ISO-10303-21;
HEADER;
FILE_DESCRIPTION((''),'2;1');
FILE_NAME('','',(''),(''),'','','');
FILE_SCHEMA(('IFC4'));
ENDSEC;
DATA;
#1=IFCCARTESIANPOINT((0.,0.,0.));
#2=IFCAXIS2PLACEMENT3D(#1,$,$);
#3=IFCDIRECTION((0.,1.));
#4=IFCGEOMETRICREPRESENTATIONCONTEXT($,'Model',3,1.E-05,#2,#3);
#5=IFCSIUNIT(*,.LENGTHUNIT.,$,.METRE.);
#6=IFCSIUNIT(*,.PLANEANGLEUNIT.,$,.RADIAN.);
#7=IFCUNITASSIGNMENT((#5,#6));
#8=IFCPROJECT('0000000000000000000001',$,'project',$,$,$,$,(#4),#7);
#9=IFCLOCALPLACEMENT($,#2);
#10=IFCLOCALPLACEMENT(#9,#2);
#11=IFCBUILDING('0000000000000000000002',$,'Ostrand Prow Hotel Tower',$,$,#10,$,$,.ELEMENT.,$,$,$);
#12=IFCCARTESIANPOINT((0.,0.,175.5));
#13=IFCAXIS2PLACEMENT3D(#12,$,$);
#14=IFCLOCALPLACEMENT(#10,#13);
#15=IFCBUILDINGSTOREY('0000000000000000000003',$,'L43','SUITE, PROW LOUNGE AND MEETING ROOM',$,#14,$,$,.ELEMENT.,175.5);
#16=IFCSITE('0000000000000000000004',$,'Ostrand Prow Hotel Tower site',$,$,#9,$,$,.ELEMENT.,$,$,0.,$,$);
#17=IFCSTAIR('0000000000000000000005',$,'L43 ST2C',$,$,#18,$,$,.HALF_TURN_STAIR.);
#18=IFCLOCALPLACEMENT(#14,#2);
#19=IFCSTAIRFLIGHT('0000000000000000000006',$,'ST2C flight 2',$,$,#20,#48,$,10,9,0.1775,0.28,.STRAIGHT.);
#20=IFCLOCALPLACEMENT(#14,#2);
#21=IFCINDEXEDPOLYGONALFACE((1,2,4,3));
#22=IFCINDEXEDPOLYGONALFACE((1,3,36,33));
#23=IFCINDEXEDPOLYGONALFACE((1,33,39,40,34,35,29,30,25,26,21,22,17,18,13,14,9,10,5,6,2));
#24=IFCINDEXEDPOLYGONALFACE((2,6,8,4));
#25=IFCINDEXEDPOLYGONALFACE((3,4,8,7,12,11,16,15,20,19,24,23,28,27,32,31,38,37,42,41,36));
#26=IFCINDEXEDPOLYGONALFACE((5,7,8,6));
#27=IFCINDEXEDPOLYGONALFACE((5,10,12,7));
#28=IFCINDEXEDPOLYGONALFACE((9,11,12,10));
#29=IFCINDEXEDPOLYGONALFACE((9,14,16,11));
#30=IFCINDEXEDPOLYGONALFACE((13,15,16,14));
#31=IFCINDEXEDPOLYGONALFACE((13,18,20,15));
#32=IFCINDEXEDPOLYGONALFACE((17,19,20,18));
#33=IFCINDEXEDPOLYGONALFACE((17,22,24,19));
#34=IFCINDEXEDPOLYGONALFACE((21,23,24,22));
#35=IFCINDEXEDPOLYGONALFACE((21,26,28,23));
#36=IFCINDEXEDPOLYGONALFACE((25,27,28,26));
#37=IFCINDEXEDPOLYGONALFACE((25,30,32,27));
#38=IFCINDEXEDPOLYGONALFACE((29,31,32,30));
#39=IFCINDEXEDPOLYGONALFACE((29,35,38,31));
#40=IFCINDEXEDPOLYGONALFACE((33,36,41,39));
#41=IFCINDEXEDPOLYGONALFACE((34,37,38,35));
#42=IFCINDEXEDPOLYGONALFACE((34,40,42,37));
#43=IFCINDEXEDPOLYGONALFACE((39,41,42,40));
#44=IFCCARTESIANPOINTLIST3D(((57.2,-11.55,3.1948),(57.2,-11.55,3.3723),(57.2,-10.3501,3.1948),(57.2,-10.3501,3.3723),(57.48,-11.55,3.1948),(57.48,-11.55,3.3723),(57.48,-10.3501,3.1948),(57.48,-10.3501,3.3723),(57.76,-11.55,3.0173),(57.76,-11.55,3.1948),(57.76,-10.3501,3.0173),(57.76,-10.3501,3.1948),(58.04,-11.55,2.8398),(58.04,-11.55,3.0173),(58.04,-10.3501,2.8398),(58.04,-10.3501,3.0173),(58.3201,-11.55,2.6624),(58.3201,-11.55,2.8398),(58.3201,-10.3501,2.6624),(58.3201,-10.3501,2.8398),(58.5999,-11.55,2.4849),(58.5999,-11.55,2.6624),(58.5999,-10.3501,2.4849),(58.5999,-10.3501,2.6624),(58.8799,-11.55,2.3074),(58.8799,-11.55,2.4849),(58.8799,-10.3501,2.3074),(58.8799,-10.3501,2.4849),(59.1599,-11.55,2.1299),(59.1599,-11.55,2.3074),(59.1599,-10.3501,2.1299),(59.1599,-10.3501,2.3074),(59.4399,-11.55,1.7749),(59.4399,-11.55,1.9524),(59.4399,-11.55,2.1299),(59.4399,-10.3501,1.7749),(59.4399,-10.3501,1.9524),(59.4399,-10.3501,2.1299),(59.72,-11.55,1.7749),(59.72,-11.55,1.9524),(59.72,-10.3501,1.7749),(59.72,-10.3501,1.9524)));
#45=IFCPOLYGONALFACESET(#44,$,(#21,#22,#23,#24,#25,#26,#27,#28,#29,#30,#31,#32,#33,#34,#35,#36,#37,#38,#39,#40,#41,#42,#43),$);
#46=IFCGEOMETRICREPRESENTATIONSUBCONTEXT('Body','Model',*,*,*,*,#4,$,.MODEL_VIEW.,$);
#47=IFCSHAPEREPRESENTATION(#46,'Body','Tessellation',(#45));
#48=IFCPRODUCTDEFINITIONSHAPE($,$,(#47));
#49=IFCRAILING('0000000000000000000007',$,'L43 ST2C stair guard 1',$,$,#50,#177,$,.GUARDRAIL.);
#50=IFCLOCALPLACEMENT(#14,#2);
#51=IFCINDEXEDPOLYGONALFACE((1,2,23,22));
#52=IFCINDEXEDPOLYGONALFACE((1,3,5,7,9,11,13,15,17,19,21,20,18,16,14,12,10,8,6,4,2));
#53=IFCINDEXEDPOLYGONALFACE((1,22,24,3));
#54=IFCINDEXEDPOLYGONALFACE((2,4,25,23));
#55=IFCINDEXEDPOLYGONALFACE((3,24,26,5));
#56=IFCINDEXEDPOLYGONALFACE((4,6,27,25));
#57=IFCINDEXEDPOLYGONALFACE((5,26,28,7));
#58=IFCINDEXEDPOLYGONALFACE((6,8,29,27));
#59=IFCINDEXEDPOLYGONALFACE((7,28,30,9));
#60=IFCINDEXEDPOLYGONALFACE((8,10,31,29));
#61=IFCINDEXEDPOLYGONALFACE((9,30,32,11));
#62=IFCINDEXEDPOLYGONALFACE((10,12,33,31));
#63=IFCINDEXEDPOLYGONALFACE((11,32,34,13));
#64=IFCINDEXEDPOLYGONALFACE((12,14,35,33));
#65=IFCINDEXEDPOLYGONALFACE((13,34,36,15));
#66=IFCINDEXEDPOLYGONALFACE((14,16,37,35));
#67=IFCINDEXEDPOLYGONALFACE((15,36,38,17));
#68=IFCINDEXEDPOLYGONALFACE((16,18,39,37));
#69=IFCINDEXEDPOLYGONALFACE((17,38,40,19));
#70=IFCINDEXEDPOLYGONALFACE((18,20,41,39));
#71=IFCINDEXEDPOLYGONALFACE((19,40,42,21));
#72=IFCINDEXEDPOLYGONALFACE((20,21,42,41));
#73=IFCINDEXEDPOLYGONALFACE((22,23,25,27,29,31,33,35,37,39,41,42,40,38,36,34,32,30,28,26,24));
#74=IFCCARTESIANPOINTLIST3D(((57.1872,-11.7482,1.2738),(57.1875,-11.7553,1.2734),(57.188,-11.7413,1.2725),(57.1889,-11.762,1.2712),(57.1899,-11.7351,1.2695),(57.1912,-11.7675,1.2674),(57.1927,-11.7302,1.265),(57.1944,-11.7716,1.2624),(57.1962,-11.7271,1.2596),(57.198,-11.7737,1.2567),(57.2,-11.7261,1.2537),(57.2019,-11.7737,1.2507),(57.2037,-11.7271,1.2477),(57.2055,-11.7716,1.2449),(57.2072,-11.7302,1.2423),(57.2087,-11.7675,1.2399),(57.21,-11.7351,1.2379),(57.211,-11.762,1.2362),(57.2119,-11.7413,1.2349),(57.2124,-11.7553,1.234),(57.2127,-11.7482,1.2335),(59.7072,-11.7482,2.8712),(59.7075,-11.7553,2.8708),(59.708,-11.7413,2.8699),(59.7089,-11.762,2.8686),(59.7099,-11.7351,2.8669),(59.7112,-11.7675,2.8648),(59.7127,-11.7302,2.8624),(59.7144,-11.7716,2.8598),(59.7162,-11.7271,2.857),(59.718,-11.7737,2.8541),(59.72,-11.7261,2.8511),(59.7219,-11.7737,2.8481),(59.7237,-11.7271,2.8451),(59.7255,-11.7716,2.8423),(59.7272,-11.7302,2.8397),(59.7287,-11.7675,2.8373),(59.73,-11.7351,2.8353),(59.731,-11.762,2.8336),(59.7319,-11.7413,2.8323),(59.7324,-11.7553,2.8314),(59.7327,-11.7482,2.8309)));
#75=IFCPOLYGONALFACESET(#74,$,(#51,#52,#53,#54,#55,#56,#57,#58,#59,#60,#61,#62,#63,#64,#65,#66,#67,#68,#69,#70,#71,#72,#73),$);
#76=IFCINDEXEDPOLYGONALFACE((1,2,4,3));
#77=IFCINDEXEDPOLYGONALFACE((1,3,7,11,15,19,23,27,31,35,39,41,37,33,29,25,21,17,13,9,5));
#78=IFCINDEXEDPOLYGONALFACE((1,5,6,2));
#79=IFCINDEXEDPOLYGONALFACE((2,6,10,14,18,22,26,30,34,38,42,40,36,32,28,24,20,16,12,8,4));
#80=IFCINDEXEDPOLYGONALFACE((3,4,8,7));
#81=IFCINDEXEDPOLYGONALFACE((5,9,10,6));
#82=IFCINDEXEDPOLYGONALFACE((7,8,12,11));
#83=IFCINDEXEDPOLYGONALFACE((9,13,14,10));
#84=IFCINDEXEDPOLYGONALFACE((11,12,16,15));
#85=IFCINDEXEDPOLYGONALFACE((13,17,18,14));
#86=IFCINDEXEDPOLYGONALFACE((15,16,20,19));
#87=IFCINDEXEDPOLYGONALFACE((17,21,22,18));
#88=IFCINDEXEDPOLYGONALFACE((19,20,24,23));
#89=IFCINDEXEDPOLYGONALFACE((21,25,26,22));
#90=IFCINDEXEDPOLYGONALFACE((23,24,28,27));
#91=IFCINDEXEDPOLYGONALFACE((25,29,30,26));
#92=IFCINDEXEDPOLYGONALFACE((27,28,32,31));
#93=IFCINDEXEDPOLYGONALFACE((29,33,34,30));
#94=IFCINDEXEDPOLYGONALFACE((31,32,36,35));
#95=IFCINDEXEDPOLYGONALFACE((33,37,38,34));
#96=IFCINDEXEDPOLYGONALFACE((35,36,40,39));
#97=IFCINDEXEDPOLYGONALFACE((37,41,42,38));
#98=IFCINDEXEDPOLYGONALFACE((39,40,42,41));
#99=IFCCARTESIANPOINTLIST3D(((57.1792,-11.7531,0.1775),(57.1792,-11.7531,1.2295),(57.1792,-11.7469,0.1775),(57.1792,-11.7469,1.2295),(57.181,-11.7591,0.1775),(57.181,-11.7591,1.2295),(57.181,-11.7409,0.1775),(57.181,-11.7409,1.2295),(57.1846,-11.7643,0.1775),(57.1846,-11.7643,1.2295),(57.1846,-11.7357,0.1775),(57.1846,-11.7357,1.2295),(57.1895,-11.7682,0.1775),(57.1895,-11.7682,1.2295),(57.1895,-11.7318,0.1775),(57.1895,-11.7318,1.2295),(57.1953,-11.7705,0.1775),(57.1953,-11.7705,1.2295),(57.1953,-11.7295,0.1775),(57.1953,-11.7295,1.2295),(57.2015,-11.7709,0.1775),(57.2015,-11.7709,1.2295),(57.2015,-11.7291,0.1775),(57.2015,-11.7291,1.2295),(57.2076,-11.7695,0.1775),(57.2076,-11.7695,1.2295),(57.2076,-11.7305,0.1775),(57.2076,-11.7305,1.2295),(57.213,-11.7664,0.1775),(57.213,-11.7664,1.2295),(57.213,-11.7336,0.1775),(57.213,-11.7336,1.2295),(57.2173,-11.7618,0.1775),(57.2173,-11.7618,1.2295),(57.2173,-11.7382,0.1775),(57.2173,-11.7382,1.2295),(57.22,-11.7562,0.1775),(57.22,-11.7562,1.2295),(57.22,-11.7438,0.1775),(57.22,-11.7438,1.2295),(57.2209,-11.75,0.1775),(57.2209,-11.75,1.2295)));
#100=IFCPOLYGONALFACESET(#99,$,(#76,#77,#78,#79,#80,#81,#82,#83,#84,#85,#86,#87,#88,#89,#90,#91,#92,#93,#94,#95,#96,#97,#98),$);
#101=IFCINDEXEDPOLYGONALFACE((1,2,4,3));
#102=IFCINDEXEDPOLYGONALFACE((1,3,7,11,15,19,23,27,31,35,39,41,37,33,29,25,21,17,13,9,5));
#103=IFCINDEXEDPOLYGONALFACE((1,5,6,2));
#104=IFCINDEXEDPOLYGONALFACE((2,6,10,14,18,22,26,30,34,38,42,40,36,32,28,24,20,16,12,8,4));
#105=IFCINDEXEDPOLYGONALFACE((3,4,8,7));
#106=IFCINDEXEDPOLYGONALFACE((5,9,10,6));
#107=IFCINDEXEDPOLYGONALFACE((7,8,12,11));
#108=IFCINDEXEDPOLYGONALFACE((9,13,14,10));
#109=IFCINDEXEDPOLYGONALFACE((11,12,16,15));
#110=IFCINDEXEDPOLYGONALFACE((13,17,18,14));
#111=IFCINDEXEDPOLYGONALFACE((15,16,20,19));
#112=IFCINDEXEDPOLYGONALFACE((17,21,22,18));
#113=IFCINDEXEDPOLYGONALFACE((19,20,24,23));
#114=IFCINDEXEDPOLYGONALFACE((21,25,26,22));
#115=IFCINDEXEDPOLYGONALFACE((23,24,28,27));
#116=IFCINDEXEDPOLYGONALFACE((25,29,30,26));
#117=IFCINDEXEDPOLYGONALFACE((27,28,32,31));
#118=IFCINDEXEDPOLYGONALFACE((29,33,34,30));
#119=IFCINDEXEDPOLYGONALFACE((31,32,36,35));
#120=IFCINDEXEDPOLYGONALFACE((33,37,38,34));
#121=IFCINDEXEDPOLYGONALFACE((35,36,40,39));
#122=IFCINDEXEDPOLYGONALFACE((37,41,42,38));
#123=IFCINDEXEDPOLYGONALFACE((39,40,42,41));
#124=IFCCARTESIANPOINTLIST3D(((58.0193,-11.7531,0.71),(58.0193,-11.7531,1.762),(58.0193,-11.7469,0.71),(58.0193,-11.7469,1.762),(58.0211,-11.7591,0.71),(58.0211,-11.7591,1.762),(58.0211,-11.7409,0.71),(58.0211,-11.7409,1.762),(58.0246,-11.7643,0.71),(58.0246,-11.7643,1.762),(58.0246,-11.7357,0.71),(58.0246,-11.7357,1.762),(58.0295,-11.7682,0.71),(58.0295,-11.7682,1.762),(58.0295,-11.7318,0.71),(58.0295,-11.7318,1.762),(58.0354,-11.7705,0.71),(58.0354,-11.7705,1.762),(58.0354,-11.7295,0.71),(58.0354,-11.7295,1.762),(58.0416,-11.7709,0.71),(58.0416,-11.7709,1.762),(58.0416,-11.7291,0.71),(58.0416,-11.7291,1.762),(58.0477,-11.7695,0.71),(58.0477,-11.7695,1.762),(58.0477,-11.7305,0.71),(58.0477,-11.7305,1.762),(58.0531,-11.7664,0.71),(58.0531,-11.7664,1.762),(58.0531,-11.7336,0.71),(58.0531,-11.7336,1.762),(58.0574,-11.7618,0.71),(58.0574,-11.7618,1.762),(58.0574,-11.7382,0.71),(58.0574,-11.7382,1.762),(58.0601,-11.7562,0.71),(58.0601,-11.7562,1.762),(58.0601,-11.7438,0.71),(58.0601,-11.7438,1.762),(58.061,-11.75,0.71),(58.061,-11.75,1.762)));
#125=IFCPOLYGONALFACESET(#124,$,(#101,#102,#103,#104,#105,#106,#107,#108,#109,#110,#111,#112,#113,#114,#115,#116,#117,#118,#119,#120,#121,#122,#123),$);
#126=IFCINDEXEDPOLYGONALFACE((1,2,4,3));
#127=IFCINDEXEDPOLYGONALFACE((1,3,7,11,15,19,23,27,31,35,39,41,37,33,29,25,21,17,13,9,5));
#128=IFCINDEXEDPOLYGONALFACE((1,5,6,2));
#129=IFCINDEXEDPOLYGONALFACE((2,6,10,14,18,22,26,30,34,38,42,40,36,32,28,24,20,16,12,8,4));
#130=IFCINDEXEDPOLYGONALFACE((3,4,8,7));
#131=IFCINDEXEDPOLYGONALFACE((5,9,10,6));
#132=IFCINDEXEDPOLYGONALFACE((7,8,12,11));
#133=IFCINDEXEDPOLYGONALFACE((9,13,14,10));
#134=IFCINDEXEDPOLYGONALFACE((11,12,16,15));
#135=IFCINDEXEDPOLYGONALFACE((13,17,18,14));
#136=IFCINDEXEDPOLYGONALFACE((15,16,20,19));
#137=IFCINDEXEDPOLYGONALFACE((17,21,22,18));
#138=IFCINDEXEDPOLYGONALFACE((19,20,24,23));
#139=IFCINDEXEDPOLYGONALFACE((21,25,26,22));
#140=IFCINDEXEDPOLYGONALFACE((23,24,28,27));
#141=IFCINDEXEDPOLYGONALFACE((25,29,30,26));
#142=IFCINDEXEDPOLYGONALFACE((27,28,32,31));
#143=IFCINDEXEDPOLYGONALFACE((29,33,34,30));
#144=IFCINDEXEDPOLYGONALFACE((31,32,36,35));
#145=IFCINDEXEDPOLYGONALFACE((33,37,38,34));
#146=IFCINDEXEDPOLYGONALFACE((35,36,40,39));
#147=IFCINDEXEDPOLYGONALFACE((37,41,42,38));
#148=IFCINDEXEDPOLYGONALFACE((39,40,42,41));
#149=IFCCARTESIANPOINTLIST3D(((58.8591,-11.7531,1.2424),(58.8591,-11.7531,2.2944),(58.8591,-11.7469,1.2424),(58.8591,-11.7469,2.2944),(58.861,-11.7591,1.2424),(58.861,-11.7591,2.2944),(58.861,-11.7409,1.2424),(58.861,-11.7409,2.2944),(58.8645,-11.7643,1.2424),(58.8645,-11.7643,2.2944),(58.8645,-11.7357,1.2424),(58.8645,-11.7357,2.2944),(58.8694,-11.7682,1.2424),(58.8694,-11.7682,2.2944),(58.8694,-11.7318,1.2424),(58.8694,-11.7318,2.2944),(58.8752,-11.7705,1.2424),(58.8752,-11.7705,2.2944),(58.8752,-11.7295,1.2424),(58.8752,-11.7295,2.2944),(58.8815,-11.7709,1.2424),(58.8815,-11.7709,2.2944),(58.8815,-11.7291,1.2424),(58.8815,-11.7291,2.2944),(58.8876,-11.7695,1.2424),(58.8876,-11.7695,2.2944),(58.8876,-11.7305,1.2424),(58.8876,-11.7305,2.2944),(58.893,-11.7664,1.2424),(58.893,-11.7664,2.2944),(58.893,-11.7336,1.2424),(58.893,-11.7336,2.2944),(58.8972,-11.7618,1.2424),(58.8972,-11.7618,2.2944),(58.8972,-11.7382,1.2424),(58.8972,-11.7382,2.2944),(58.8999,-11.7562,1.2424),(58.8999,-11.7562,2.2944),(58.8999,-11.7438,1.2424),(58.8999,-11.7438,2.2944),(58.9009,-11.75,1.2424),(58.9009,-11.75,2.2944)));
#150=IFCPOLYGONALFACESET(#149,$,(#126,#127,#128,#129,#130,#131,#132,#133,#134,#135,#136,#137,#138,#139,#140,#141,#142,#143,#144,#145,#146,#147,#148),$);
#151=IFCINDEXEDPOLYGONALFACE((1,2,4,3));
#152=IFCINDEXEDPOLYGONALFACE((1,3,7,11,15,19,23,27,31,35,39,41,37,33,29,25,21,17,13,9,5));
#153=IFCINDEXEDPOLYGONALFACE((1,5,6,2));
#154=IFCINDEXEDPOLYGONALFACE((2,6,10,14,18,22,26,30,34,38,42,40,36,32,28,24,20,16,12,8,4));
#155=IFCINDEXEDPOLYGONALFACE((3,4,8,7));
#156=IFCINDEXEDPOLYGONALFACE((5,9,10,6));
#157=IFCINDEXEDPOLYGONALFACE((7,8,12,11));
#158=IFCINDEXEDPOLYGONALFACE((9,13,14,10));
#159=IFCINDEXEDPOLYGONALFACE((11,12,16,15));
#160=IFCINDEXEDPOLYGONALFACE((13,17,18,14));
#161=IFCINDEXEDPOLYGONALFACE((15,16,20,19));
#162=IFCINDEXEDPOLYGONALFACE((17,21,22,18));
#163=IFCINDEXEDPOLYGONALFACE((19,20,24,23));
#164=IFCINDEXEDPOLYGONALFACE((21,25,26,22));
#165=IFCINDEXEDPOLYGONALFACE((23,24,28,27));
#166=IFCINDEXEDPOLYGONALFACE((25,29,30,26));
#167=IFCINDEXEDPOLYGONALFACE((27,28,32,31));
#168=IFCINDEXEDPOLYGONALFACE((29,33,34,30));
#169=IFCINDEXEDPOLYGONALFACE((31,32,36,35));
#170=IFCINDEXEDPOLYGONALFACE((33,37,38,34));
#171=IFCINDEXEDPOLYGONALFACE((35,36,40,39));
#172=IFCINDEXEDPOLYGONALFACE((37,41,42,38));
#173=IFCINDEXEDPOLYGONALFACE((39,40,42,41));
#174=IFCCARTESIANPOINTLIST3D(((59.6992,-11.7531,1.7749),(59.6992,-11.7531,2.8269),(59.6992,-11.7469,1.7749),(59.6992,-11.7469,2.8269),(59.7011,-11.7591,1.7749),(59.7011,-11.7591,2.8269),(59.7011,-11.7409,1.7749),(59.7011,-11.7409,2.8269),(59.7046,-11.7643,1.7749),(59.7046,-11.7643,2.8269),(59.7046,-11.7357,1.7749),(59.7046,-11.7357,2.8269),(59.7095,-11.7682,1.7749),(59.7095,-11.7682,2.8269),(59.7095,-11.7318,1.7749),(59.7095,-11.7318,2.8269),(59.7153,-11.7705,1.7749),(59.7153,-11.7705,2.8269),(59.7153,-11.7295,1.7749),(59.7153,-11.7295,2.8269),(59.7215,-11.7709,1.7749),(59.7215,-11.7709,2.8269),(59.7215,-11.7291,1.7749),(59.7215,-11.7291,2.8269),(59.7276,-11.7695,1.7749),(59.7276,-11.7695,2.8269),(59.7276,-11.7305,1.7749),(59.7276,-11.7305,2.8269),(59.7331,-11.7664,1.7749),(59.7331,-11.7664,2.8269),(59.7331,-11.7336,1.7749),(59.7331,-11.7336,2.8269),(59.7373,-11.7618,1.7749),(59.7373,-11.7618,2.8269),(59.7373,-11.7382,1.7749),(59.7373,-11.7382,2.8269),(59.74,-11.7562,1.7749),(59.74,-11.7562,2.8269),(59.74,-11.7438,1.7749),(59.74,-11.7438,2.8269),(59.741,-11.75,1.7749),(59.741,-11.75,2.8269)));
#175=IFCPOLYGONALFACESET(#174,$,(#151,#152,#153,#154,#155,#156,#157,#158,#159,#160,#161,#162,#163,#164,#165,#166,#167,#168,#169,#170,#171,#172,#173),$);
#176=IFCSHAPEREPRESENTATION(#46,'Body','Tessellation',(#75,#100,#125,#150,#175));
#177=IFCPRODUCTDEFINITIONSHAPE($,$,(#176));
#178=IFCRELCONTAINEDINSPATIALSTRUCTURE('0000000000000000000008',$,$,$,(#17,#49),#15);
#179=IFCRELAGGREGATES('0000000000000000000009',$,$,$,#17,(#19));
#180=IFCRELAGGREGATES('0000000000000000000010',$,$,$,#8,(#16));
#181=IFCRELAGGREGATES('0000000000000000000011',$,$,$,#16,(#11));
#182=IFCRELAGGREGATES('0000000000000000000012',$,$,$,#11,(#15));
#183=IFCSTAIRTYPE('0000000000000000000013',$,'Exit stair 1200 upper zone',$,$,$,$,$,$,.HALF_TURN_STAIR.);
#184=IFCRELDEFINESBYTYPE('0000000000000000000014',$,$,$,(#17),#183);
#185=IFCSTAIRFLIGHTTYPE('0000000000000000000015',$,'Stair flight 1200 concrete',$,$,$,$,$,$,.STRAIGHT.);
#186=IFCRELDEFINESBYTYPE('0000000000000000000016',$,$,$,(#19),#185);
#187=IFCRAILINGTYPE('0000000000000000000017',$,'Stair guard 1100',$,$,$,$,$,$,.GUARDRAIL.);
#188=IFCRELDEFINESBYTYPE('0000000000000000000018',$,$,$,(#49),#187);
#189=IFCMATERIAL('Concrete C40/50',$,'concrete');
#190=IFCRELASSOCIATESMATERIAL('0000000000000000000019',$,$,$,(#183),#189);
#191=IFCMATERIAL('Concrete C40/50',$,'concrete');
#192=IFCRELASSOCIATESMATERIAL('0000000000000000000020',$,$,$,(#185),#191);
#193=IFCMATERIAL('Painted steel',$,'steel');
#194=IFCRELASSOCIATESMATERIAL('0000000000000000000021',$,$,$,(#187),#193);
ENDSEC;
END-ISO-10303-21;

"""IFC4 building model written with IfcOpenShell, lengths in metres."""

from ifc_helpers import new_model, si_unit, direction, frame, origin, origin_2d, place, context, subcontext, project, spatial, polyline, circle, outline, extrude, material, type_object, element, aggregate, save


model = new_model("IFC4")

# Units and contexts
model_context = context("Model", 3, precision=1e-05, world=origin(), true_north=direction((0.0, 1.0)))
body_context = subcontext(model_context, "Body", "Model", "MODEL_VIEW")
ifc_project = project(units=[si_unit("LENGTHUNIT", "METRE"), si_unit("PLANEANGLEUNIT", "RADIAN")], contexts=[model_context])

# Site, building, storey
site_placement = place(None, origin())
site = spatial("IfcSite", under=ifc_project, at=site_placement, Name="Ostrand Prow Hotel Tower site", CompositionType="ELEMENT", RefElevation=0.0)
building_placement = place(site_placement, origin())
building = spatial("IfcBuilding", under=site, at=building_placement, Name="Ostrand Prow Hotel Tower", CompositionType="ELEMENT")
storey_placement = place(building_placement, frame((0.0, 0.0, 175.5)))
storey = spatial("IfcBuildingStorey", under=building, at=storey_placement, Name="L43", Description="SUITE, PROW LOUNGE AND MEETING ROOM", CompositionType="ELEMENT", Elevation=175.5)

# Stair, stair flight
ifc_material_1 = material(Name="Concrete C40/50", Category="concrete")
stair_type = type_object("IfcStairType", Name="Exit stair 1200 upper zone", PredefinedType="HALF_TURN_STAIR", material=ifc_material_1)
stair_placement = place(storey_placement, origin())
stair = element("IfcStair", 1, at=stair_placement, inside=storey, type_object=stair_type, Name="L43 ST2C", PredefinedType="HALF_TURN_STAIR")
ifc_material_2 = material(Name="Concrete C40/50", Category="concrete")
stair_flight_type = type_object("IfcStairFlightType", Name="Stair flight 1200 concrete", PredefinedType="STRAIGHT", material=ifc_material_2)
stair_flight_1_placement = place(storey_placement, frame((59.72, -10.95, 1.7749), z_axis=(0.0, 0.0, 1.0), x_axis=(-1.0, 0.0, 0.0)))
stair_flight_1 = element("IfcStairFlight", 2, at=stair_flight_1_placement, type_object=stair_flight_type, Name="ST2C flight 2", NumberOfRisers=10, NumberOfTreads=9, PredefinedType="STRAIGHT", RiserHeight=0.1775, TreadLength=0.28, context=body_context, shape_type="SweptSolid", body=[
    extrude(outline(polyline([(0.0, 0.0), (0.0, 0.1775), (0.28, 0.1775), (0.28, 0.355), (0.5601, 0.355), (0.5601, 0.5325), (0.8401, 0.5325), (0.8401, 0.71), (1.1201, 0.71), (1.1201, 0.8875), (1.3999, 0.8875), (1.3999, 1.0649), (1.6799, 1.0649), (1.6799, 1.2424), (1.96, 1.2424), (1.96, 1.4199), (2.24, 1.4199), (2.24, 1.5974), (2.52, 1.5974), (2.52, 1.7749), (2.52, 1.4199), (0.28, 0.0), (0.0, 0.0)])), frame((0.0, 0.6001, 0.0), z_axis=(0.0, -1.0, 0.0), x_axis=(1.0, 0.0, 0.0)), (0.0, 0.0, 1.0), 1.2),
])
aggregate(stair, [stair_flight_1])

# Railing
ifc_material_3 = material(Name="Painted steel", Category="steel")
railing_type_1 = type_object("IfcRailingType", Name="Stair guard 1100", PredefinedType="GUARDRAIL", material=ifc_material_3)
railing_1_placement = place(storey_placement, frame((57.2, -11.75, 0.1775)))
element("IfcRailing", 3, at=railing_1_placement, inside=storey, type_object=railing_type_1, Name="L43 ST2C stair guard 1", PredefinedType="GUARDRAIL", context=body_context, shape_type="SweptSolid", body=[
    extrude(circle(Radius=0.0239, at=origin_2d()), frame((0.0, 0.0, 1.0762), z_axis=(0.844607, 0.0, 0.535387), x_axis=(0.0, 1.0, 0.0)), (0.0, 0.0, 1.0), 2.9836),
    extrude(circle(Radius=0.021, at=origin_2d()), origin(), (0.0, 0.0, 1.0), 1.052),
    extrude(circle(Radius=0.021, at=origin_2d()), frame((0.8401, 0.0, 0.5325)), (0.0, 0.0, 1.0), 1.052),
    extrude(circle(Radius=0.021, at=origin_2d()), frame((1.6799, 0.0, 1.0649)), (0.0, 0.0, 1.0), 1.052),
    extrude(circle(Radius=0.021, at=origin_2d()), frame((2.52, 0.0, 1.5974)), (0.0, 0.0, 1.0), 1.052),
])

save(model, "model.ifc")
